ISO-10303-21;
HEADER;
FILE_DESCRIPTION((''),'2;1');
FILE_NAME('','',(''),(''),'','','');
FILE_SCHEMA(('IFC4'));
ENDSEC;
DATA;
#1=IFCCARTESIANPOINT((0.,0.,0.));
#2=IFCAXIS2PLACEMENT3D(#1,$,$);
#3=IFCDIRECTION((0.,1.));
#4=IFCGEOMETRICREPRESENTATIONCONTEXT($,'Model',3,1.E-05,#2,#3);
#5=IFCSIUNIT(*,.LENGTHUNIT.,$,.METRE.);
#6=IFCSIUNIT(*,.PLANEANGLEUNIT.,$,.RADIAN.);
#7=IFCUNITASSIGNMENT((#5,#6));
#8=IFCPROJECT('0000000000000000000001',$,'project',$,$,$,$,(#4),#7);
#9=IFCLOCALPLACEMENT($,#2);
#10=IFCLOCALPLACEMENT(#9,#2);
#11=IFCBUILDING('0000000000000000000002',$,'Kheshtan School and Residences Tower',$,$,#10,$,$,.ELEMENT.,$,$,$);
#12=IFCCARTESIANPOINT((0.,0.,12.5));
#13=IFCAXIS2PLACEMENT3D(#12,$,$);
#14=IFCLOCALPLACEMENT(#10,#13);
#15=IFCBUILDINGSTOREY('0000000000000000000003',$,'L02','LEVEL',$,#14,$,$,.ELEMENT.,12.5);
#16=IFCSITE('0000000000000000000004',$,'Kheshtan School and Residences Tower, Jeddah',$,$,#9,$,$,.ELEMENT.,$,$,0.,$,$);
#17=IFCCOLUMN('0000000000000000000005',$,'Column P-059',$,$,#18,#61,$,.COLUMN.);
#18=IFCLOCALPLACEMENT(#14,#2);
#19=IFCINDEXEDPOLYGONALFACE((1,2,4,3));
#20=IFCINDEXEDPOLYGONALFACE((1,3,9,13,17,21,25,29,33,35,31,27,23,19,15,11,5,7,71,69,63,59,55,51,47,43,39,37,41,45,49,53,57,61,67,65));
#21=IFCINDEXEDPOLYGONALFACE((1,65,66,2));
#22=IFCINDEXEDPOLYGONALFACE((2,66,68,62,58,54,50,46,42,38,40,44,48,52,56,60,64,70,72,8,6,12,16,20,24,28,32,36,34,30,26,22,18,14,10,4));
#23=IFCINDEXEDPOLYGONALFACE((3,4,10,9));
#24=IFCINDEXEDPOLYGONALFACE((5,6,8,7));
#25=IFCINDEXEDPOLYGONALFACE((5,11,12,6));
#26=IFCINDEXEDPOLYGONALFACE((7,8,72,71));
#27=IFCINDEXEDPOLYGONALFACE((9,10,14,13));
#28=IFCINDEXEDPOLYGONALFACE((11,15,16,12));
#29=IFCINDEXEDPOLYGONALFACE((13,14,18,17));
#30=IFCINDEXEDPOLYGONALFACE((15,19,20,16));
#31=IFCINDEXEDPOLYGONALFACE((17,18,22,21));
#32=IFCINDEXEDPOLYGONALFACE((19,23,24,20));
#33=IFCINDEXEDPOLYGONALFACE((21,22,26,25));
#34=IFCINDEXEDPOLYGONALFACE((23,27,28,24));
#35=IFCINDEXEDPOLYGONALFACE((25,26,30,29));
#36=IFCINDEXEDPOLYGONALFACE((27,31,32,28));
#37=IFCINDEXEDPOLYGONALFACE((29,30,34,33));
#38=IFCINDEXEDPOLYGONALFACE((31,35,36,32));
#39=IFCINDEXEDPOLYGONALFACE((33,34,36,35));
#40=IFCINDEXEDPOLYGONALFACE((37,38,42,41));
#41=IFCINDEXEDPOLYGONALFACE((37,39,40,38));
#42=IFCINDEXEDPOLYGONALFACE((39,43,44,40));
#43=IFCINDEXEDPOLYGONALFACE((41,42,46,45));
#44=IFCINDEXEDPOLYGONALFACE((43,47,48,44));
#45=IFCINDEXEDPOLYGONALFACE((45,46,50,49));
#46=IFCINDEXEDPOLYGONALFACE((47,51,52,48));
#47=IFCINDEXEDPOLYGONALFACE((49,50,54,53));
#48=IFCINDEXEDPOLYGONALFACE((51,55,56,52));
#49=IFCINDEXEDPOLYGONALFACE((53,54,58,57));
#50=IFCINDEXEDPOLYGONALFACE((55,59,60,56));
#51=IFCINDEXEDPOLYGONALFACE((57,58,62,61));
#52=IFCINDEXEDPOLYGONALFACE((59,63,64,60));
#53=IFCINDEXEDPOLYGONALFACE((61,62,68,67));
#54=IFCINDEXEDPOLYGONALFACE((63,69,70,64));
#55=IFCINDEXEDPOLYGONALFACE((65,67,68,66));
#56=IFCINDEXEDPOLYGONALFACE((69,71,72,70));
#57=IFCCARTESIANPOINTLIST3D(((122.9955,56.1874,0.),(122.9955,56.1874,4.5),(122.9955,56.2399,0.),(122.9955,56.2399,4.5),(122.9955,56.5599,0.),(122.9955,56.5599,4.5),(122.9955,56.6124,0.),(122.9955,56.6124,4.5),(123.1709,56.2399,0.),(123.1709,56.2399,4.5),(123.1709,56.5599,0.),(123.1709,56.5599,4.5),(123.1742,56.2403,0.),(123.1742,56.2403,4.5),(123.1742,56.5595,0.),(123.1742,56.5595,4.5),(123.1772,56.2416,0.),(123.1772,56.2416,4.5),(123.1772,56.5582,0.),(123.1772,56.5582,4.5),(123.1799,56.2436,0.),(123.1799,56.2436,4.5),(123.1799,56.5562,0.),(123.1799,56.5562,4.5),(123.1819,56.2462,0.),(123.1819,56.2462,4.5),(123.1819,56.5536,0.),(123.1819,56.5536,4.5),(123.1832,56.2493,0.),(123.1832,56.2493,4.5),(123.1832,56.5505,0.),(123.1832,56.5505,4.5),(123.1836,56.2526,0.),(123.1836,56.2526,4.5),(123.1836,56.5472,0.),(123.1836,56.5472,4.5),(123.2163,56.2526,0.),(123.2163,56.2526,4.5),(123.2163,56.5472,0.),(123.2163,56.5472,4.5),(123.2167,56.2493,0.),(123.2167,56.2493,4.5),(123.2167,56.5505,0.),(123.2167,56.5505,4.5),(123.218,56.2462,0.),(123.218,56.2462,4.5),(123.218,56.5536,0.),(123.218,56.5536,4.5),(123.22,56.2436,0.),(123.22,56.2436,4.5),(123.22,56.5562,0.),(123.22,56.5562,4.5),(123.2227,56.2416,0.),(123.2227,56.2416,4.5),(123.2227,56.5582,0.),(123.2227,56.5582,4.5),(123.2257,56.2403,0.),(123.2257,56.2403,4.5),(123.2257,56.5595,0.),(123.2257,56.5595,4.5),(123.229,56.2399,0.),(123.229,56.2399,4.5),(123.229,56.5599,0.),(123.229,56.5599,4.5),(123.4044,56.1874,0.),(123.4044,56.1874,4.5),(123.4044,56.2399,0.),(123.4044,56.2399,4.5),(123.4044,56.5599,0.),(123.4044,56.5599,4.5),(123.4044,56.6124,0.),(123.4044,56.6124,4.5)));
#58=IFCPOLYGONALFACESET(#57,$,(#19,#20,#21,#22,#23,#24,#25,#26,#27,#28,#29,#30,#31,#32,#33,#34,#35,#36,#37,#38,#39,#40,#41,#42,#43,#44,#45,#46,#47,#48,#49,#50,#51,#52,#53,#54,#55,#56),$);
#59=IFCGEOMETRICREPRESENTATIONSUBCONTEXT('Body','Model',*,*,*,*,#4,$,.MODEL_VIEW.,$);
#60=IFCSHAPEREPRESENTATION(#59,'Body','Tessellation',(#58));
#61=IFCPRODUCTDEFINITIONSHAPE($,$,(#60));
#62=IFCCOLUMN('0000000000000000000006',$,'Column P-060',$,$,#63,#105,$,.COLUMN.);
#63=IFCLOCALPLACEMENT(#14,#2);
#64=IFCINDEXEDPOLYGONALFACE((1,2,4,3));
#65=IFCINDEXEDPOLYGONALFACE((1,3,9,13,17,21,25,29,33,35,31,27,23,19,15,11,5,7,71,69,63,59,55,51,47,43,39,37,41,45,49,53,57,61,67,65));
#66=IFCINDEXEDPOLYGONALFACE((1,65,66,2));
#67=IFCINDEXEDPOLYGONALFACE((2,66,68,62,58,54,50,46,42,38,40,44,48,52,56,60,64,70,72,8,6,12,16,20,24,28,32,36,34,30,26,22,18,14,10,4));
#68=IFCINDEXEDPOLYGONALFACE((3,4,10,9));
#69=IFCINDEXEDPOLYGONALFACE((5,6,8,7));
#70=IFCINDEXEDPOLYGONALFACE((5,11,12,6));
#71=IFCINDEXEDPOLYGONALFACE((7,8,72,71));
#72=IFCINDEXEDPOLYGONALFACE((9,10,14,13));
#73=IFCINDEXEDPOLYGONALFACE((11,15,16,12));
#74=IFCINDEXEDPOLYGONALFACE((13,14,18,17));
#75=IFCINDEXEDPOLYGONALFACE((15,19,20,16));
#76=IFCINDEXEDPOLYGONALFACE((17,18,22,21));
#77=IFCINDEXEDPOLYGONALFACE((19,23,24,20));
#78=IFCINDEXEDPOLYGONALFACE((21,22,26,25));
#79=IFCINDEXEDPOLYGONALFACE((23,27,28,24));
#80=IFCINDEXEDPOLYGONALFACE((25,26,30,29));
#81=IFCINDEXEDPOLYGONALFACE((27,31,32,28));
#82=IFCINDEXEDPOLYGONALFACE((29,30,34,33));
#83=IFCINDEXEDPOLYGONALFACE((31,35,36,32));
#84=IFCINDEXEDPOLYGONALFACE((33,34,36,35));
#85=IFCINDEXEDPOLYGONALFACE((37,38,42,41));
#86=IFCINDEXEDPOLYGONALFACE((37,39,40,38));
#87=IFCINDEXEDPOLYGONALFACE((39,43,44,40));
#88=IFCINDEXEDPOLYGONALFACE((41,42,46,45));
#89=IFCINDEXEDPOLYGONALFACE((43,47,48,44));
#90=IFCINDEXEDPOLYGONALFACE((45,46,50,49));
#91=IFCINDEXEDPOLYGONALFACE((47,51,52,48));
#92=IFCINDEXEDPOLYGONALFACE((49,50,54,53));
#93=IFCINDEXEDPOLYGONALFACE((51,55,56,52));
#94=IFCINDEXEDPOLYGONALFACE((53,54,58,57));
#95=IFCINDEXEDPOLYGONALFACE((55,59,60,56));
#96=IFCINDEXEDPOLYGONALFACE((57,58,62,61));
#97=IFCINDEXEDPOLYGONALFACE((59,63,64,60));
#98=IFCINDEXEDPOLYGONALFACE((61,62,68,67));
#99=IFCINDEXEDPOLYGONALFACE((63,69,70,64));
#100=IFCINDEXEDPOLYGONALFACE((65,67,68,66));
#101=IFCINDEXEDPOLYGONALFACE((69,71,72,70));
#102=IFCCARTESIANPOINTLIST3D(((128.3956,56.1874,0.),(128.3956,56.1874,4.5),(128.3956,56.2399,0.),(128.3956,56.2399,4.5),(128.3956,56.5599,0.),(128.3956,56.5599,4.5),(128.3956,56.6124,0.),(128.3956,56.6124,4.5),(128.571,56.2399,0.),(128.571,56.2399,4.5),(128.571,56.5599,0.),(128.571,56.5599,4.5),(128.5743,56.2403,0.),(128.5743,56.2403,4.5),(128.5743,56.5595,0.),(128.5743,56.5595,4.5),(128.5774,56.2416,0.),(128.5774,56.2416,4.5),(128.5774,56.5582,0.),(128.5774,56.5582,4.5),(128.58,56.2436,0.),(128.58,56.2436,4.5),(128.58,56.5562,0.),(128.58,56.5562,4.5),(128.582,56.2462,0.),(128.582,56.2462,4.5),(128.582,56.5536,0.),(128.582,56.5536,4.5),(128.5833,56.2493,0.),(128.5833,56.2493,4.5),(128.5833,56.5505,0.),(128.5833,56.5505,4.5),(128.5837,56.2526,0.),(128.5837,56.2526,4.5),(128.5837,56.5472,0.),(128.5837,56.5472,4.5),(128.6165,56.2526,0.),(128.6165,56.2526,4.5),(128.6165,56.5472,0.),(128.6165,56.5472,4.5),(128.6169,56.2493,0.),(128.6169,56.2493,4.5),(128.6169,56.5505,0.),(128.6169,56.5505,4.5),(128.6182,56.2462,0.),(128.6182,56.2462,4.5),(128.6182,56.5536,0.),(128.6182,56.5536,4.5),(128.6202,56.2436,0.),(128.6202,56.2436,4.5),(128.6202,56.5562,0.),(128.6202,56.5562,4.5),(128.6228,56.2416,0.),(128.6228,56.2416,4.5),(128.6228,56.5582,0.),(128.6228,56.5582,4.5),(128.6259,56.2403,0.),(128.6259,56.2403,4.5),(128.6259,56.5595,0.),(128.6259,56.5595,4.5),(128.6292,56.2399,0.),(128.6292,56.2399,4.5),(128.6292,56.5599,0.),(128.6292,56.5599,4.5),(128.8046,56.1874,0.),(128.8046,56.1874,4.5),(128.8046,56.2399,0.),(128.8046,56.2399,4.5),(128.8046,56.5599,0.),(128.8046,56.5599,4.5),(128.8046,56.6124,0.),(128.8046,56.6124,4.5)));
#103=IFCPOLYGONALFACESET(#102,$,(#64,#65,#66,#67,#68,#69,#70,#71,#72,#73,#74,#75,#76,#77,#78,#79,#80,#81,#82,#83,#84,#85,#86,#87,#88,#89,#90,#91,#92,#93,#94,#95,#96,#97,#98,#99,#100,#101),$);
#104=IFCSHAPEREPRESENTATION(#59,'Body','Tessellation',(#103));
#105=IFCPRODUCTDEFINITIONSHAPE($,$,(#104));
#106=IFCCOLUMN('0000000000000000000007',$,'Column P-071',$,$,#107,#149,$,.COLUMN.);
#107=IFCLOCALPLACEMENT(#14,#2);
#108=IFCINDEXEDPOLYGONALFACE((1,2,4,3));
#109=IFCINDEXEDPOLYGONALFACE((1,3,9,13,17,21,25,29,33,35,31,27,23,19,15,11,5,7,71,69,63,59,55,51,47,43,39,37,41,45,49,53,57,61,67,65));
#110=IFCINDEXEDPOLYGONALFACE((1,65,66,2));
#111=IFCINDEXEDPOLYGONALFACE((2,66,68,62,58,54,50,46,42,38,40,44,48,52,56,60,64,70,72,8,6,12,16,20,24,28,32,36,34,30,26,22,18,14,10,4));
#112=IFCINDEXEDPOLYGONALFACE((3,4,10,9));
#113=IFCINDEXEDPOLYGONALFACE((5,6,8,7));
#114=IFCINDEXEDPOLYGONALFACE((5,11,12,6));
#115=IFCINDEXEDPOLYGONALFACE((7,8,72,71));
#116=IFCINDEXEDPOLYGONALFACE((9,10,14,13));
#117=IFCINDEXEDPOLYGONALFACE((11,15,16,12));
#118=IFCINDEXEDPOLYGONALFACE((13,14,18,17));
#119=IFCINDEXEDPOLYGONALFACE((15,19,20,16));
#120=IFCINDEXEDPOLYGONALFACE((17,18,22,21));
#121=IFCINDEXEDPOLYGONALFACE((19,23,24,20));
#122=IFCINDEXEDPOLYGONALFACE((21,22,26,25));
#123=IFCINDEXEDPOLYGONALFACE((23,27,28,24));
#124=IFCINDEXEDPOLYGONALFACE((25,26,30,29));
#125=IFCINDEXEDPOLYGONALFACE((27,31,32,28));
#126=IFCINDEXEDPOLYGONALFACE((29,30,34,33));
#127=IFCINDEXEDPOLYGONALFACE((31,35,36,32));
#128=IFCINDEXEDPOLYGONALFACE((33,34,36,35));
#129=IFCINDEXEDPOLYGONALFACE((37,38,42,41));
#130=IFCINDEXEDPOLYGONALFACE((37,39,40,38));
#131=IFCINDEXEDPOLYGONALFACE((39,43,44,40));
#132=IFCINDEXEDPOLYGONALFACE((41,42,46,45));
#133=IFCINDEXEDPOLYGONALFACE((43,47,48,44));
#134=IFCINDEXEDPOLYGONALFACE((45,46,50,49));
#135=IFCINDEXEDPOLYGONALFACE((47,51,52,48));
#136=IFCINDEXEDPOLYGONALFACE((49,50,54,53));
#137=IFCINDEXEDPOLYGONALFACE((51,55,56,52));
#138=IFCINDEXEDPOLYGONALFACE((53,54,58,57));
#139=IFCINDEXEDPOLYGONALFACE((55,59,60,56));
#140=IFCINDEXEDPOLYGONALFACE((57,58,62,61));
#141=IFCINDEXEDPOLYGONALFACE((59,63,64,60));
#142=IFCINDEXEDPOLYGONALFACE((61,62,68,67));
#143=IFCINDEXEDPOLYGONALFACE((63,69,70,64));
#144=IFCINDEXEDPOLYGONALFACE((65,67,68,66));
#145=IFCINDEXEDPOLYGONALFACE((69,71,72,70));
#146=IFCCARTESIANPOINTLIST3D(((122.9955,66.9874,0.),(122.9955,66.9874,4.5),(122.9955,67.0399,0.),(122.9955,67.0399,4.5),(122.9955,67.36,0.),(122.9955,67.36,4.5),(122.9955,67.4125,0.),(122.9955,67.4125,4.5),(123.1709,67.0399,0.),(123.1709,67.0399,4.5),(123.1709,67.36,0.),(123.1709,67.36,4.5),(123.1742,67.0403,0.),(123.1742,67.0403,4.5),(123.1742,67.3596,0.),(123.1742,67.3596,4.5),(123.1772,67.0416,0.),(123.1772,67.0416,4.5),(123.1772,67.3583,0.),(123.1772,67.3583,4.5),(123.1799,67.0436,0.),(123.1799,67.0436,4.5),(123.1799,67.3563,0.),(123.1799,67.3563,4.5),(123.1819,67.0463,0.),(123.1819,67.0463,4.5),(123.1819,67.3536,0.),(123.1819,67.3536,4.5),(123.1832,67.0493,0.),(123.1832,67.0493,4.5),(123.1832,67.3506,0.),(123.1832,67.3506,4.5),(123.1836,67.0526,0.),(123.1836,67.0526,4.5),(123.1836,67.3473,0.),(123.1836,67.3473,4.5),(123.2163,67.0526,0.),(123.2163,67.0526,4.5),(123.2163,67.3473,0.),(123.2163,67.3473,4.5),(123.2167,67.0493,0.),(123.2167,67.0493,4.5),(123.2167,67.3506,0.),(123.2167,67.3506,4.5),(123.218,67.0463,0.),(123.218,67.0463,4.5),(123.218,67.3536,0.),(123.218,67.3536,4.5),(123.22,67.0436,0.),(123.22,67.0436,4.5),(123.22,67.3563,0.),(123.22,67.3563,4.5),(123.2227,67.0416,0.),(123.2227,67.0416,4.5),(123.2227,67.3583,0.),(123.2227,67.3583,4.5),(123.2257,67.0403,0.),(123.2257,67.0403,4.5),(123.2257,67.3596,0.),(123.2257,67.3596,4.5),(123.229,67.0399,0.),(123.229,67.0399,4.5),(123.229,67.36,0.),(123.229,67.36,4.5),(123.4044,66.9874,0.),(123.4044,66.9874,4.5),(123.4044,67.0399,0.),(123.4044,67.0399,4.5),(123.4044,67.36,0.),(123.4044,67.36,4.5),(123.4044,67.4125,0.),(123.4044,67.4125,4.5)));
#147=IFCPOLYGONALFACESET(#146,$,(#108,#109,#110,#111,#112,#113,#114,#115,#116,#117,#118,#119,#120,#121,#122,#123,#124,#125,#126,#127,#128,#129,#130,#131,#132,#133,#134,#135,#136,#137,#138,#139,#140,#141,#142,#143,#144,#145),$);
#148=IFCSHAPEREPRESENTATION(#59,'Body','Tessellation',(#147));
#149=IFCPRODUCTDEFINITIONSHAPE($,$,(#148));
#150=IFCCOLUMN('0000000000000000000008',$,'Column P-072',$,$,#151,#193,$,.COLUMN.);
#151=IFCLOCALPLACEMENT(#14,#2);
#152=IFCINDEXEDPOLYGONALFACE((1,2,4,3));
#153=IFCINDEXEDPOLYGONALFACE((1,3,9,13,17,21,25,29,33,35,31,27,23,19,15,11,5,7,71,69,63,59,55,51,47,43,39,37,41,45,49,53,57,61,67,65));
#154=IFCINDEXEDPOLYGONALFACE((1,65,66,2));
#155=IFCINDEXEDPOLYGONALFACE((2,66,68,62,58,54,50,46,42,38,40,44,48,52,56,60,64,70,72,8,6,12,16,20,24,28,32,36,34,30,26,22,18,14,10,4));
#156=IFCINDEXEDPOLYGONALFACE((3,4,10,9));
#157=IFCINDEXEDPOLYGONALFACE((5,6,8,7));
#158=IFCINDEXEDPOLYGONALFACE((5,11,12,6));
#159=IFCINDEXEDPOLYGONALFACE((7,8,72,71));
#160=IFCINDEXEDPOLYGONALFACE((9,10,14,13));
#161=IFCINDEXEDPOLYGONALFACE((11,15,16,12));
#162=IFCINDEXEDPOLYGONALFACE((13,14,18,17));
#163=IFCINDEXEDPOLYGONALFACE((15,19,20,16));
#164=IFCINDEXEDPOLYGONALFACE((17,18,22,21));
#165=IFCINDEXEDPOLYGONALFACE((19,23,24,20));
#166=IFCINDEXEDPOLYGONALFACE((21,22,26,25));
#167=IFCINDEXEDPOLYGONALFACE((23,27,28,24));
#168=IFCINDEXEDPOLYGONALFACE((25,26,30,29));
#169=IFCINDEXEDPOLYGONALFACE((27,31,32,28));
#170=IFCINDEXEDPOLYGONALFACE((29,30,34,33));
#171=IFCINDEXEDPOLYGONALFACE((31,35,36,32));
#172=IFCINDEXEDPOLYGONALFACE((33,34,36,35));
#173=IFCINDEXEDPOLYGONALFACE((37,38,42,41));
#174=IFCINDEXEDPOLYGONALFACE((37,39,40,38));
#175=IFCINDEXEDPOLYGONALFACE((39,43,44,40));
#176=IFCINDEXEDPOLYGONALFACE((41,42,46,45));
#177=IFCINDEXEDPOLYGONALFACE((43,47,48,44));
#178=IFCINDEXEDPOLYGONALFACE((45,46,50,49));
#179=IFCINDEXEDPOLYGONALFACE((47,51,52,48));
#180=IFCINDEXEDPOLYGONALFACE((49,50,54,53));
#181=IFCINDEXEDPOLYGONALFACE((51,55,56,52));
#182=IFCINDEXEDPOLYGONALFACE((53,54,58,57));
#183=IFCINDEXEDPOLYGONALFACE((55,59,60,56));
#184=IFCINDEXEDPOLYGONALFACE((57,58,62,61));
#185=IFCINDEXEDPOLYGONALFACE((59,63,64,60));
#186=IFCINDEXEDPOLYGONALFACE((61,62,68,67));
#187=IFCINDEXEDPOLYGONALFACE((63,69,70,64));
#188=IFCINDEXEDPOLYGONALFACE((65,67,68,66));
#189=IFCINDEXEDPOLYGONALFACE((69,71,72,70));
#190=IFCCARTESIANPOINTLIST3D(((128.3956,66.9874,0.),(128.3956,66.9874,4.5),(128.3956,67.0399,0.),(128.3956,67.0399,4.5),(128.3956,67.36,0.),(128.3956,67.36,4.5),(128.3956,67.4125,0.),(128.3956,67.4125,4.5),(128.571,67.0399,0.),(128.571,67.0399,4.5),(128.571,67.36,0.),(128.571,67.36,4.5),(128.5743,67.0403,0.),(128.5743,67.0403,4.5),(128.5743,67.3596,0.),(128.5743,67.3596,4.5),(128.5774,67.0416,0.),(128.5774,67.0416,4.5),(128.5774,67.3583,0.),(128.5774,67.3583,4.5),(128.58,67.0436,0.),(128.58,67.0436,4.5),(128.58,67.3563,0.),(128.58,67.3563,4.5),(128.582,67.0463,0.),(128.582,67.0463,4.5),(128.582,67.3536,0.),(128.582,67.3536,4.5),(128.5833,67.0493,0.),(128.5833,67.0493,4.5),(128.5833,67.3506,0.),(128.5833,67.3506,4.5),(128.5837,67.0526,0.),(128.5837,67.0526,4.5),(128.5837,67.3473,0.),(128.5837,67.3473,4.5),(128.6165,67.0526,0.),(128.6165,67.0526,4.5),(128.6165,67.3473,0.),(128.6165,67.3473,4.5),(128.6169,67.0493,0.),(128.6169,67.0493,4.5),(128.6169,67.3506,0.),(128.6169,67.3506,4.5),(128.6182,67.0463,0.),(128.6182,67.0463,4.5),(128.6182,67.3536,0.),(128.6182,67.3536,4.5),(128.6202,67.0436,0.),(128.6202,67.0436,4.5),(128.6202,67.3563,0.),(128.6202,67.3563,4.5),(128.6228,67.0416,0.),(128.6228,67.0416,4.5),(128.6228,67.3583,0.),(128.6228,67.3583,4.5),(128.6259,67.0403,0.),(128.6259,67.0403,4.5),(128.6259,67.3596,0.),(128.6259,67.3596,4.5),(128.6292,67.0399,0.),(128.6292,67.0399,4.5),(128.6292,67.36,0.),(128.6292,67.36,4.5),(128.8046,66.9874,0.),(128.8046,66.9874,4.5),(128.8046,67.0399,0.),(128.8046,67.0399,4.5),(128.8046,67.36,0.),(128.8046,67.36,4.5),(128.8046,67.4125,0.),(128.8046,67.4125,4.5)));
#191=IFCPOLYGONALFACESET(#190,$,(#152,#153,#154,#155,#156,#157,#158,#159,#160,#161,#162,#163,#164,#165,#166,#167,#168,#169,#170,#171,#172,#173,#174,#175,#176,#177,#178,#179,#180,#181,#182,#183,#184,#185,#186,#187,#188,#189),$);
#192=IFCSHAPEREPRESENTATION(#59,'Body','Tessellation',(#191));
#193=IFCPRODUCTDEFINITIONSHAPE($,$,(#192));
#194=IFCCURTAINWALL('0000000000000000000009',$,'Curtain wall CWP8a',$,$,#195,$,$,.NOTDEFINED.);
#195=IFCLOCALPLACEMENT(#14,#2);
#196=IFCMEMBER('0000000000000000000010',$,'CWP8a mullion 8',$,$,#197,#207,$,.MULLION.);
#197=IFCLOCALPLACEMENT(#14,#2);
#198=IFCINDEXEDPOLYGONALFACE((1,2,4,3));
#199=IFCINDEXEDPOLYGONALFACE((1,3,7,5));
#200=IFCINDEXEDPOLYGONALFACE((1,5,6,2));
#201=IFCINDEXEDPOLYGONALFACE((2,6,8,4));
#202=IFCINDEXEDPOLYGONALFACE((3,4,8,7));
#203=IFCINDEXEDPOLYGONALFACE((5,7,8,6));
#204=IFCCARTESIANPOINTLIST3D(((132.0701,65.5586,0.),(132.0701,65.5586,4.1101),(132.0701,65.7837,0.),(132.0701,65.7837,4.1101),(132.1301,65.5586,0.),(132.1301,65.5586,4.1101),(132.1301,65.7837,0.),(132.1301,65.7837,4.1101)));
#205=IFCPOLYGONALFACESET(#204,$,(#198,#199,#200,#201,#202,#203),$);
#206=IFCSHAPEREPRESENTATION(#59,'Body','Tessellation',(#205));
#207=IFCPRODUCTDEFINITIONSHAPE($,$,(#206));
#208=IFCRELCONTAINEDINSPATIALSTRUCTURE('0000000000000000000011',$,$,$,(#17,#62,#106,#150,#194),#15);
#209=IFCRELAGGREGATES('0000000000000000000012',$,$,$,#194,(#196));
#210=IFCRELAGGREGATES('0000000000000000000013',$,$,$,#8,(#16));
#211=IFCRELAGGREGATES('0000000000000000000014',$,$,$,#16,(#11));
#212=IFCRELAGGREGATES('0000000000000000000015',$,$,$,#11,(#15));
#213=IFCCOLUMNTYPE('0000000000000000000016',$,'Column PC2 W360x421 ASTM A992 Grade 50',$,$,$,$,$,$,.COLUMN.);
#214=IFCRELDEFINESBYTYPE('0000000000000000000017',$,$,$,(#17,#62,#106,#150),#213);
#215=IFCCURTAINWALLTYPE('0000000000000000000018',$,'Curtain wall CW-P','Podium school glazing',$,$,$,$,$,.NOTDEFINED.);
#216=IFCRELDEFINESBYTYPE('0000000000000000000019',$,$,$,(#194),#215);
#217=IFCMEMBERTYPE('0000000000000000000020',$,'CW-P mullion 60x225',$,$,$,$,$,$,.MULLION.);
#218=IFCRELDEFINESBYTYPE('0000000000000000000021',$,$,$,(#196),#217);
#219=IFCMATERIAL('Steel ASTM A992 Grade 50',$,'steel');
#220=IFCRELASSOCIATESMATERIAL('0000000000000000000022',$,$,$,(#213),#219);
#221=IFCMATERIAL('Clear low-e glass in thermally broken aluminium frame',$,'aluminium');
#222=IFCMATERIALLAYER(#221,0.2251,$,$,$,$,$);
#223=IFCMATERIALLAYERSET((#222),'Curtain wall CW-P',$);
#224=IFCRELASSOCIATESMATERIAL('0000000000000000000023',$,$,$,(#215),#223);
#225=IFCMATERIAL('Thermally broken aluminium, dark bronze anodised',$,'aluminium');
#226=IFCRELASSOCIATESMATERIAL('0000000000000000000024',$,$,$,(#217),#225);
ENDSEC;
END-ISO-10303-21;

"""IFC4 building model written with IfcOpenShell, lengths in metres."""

from ifc_helpers import new_model, si_unit, direction, frame, origin, origin_2d, place, context, subcontext, project, spatial, rectangle, i_section, extrude, material, layer, layer_set, material_profile, profile_set, type_object, element, aggregate, save


model = new_model("IFC4")

# Units and contexts
model_context = context("Model", 3, precision=1e-05, world=origin(), true_north=direction((0.0, 1.0)))
body_context = subcontext(model_context, "Body", "Model", "MODEL_VIEW")
ifc_project = project(units=[si_unit("LENGTHUNIT", "METRE"), si_unit("PLANEANGLEUNIT", "RADIAN")], contexts=[model_context])

# Site, building, storey
site_placement = place(None, origin())
site = spatial("IfcSite", under=ifc_project, at=site_placement, Name="Kheshtan School and Residences Tower, Jeddah", CompositionType="ELEMENT", RefElevation=0.0)
building_placement = place(site_placement, origin())
building = spatial("IfcBuilding", under=site, at=building_placement, Name="Kheshtan School and Residences Tower", CompositionType="ELEMENT")
storey_placement = place(building_placement, frame((0.0, 0.0, 12.5)))
storey = spatial("IfcBuildingStorey", under=building, at=storey_placement, Name="L02", Description="LEVEL", CompositionType="ELEMENT", Elevation=12.5)

# Columns
ifc_material_1 = material(Name="Steel ASTM A992 Grade 50", Category="steel")
ifc_material_profile_1 = material_profile(ifc_material_1, i_section(OverallWidth=0.4089, OverallDepth=0.425, WebThickness=0.0327, FlangeThickness=0.0525, FilletRadius=0.0127, at=origin_2d()), Name="W360x421")
ifc_profile_set_1 = profile_set([ifc_material_profile_1], Name="Steel ASTM A992 Grade 50")
column_type = type_object("IfcColumnType", Name="Column PC2 W360x421 ASTM A992 Grade 50", PredefinedType="COLUMN", material=ifc_profile_set_1)
for number, where, z_axis, x_axis, name in (
    (1, (123.2, 56.3999, 0.0), (0.0, 0.0, 1.0), (1.0, 0.0, 0.0), "Column P-059"),
    (2, (128.6001, 56.3999, 0.0), (0.0, 0.0, 1.0), (1.0, 0.0, 0.0), "Column P-060"),
    (3, (123.2, 67.2, 0.0), (0.0, 0.0, 1.0), (1.0, 0.0, 0.0), "Column P-071"),
    (4, (128.6001, 67.2, 0.0), (0.0, 0.0, 1.0), (1.0, 0.0, 0.0), "Column P-072"),
):
    element("IfcColumn", number, at=place(storey_placement, frame(where, z_axis=z_axis, x_axis=x_axis)), inside=storey, type_object=column_type, Name=name, PredefinedType="COLUMN", context=body_context, shape_type="SweptSolid", body=[
        extrude(i_section(OverallWidth=0.4089, OverallDepth=0.425, WebThickness=0.0327, FlangeThickness=0.0525, FilletRadius=0.0127, at=origin_2d()), origin(), (0.0, 0.0, 1.0), 4.5),
    ])

# Curtain wall, member
ifc_material_2 = material(Name="Clear low-e glass in thermally broken aluminium frame", Category="aluminium")
ifc_layer_1 = layer(ifc_material_2, 0.2251)
ifc_layer_set_1 = layer_set([ifc_layer_1], Name="Curtain wall CW-P")
curtain_wall_type = type_object("IfcCurtainWallType", Name="Curtain wall CW-P", Description="Podium school glazing", PredefinedType="NOTDEFINED", material=ifc_layer_set_1)
curtain_wall_placement = place(storey_placement, origin())
curtain_wall = element("IfcCurtainWall", 5, at=curtain_wall_placement, inside=storey, type_object=curtain_wall_type, Name="Curtain wall CWP8a", PredefinedType="NOTDEFINED")
ifc_material_3 = material(Name="Thermally broken aluminium, dark bronze anodised", Category="aluminium")
ifc_material_profile_2 = material_profile(ifc_material_3, rectangle(XDim=0.0601, YDim=0.2251, at=origin_2d()), Name="CW-P mullion 60x225")
ifc_profile_set_2 = profile_set([ifc_material_profile_2], Name="Thermally broken aluminium, dark bronze anodised")
member_type = type_object("IfcMemberType", Name="CW-P mullion 60x225", PredefinedType="MULLION", material=ifc_profile_set_2)
member_1_placement = place(storey_placement, frame((132.1001, 65.6711, 0.0), z_axis=(0.0, 0.0, 1.0), x_axis=(1.0, 0.0, 0.0)))
member_1 = element("IfcMember", 6, at=member_1_placement, type_object=member_type, Name="CWP8a mullion 8", PredefinedType="MULLION", context=body_context, shape_type="SweptSolid", body=[
    extrude(rectangle(XDim=0.0601, YDim=0.2251, at=origin_2d()), origin(), (0.0, 0.0, 1.0), 4.1101),
])
aggregate(curtain_wall, [member_1])

save(model, "model.ifc")
